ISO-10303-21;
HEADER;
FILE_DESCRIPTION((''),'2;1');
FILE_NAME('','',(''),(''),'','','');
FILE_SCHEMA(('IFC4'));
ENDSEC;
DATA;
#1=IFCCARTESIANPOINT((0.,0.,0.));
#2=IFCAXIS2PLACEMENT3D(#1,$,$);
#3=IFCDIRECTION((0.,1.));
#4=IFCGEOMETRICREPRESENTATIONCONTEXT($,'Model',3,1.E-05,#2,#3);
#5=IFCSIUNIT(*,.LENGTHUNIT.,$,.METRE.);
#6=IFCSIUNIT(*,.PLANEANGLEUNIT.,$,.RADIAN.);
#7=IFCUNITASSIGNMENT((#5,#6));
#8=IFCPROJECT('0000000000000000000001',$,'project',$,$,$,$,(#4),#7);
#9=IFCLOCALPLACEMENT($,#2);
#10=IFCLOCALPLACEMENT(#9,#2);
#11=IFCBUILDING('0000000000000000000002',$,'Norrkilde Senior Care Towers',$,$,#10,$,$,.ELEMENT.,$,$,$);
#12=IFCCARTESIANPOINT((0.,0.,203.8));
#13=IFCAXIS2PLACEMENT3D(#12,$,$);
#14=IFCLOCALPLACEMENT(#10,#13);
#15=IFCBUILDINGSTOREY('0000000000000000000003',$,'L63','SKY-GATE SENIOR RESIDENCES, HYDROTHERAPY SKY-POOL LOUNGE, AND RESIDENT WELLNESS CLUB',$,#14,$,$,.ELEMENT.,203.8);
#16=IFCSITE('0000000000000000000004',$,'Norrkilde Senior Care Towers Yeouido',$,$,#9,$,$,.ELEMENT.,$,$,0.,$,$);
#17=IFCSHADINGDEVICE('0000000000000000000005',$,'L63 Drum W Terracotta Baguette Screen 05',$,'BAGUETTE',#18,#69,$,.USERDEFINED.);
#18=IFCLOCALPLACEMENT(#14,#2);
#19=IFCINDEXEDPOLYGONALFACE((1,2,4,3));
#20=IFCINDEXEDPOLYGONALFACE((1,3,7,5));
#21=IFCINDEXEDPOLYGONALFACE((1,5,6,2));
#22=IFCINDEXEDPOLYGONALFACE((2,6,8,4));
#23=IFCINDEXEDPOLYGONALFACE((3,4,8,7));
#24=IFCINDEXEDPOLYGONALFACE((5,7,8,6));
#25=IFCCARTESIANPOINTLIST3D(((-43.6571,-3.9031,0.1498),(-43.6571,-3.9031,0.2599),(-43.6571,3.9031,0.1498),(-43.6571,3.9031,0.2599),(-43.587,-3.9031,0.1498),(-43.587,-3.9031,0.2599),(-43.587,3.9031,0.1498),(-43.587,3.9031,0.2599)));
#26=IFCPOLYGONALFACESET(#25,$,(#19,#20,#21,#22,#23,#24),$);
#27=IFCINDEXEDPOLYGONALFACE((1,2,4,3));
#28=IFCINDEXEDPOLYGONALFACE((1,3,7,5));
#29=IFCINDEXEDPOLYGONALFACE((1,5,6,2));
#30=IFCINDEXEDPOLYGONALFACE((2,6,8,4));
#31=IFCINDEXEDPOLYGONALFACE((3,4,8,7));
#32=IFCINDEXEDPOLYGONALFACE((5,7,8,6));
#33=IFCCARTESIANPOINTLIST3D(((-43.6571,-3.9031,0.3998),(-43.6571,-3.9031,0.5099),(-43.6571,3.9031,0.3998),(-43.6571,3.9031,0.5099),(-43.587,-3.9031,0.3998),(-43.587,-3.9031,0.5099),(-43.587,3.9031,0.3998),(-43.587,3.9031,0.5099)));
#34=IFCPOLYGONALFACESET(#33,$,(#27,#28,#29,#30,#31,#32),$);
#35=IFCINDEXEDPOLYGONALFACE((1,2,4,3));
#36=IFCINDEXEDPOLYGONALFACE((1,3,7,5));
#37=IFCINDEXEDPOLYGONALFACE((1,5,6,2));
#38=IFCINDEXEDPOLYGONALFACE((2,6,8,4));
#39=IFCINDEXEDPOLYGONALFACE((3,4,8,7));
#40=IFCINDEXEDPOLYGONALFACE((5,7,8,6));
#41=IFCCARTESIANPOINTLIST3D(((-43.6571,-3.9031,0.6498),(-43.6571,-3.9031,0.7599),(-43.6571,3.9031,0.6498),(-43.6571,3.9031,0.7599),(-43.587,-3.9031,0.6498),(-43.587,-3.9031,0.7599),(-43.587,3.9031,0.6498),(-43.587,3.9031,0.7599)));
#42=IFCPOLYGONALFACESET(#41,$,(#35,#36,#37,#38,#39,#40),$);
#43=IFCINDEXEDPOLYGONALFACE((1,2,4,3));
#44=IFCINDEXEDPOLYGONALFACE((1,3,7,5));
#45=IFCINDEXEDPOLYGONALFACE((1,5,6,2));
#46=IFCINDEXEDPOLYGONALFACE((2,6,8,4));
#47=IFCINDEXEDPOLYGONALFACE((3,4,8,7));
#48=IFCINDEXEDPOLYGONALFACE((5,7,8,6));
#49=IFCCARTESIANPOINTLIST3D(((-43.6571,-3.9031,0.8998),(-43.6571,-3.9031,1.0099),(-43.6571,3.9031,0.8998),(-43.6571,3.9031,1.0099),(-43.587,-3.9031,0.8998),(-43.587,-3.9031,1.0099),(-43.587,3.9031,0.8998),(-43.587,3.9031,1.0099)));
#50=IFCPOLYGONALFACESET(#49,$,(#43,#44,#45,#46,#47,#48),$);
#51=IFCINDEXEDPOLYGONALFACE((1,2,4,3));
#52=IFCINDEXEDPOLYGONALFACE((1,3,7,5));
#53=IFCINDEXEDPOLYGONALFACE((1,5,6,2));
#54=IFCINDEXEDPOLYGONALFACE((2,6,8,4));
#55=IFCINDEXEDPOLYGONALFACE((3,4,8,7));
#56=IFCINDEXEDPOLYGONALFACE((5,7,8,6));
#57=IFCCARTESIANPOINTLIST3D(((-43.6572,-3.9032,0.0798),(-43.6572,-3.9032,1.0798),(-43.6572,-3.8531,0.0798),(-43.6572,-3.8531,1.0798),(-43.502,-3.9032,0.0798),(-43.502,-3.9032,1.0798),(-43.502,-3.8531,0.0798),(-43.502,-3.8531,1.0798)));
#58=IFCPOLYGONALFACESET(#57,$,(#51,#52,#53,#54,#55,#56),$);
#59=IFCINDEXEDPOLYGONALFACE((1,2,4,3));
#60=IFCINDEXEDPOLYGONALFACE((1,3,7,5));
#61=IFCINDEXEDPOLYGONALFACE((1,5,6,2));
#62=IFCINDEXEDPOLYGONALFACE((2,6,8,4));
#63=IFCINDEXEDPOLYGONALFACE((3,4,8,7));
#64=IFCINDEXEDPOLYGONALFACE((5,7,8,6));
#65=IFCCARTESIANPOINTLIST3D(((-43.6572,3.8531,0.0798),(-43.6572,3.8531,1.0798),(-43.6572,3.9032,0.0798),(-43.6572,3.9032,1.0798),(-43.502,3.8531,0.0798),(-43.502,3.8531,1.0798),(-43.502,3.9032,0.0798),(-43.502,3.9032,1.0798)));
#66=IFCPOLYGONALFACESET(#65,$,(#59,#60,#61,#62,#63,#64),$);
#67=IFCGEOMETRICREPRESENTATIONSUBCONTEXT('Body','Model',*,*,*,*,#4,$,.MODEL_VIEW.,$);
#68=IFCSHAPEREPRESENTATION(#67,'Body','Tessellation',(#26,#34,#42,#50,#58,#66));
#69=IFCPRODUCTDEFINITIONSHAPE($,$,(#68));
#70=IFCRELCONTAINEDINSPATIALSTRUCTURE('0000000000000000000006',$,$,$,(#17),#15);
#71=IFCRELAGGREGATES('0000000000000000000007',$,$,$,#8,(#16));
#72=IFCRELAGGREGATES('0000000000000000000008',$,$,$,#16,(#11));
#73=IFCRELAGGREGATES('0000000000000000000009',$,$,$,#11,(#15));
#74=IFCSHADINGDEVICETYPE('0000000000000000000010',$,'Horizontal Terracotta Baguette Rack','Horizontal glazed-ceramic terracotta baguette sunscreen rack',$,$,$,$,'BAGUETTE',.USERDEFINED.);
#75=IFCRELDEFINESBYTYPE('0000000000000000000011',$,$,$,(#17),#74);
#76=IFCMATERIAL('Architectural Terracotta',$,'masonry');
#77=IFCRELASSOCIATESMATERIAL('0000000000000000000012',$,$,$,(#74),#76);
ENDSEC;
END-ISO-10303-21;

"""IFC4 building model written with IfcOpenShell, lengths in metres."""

from ifc_helpers import new_model, si_unit, direction, frame, origin, origin_2d, place, context, subcontext, project, spatial, rectangle, extrude, source, transform, mapped, material, type_object, type_shapes, element, save


model = new_model("IFC4")

# Units and contexts
model_context = context("Model", 3, precision=1e-05, world=origin(), true_north=direction((0.0, 1.0)))
body_context = subcontext(model_context, "Body", "Model", "MODEL_VIEW")
ifc_project = project(units=[si_unit("LENGTHUNIT", "METRE"), si_unit("PLANEANGLEUNIT", "RADIAN")], contexts=[model_context])

# Site, building, storey
site_placement = place(None, origin())
site = spatial("IfcSite", under=ifc_project, at=site_placement, Name="Norrkilde Senior Care Towers Yeouido", CompositionType="ELEMENT", RefElevation=0.0)
building_placement = place(site_placement, origin())
building = spatial("IfcBuilding", under=site, at=building_placement, Name="Norrkilde Senior Care Towers", CompositionType="ELEMENT")
storey_placement = place(building_placement, frame((0.0, 0.0, 203.8)))
storey = spatial("IfcBuildingStorey", under=building, at=storey_placement, Name="L63", Description="SKY-GATE SENIOR RESIDENCES, HYDROTHERAPY SKY-POOL LOUNGE, AND RESIDENT WELLNESS CLUB", CompositionType="ELEMENT", Elevation=203.8)

# Shading device
ifc_material_1 = material(Name="Architectural Terracotta", Category="masonry")
shading_device_type = type_object("IfcShadingDeviceType", Name="Horizontal Terracotta Baguette Rack", Description="Horizontal glazed-ceramic terracotta baguette sunscreen rack", ElementType="BAGUETTE", PredefinedType="USERDEFINED", material=ifc_material_1)
shared_shape_1 = source(origin(), body_context, "Body", "SweptSolid", [
    extrude(rectangle(XDim=0.0701, YDim=0.1101, at=origin_2d()), frame((0.0, 0.0901, 0.125), z_axis=(1.0, 0.0, 0.0), x_axis=(0.0, 1.0, 0.0)), (0.0, 0.0, 1.0), 7.8062),
    extrude(rectangle(XDim=0.0701, YDim=0.1101, at=origin_2d()), frame((0.0, 0.0901, 0.375), z_axis=(1.0, 0.0, 0.0), x_axis=(0.0, 1.0, 0.0)), (0.0, 0.0, 1.0), 7.8062),
    extrude(rectangle(XDim=0.0701, YDim=0.1101, at=origin_2d()), frame((0.0, 0.0901, 0.625), z_axis=(1.0, 0.0, 0.0), x_axis=(0.0, 1.0, 0.0)), (0.0, 0.0, 1.0), 7.8062),
    extrude(rectangle(XDim=0.0701, YDim=0.1101, at=origin_2d()), frame((0.0, 0.0901, 0.875), z_axis=(1.0, 0.0, 0.0), x_axis=(0.0, 1.0, 0.0)), (0.0, 0.0, 1.0), 7.8062),
    extrude(rectangle(XDim=0.05, YDim=0.1553, at=origin_2d()), frame((0.0249, 0.0476, 0.0)), (0.0, 0.0, 1.0), 1.0),
    extrude(rectangle(XDim=0.05, YDim=0.1553, at=origin_2d()), frame((7.7812, 0.0476, 0.0)), (0.0, 0.0, 1.0), 1.0),
])
type_shapes(shading_device_type, [shared_shape_1])
shading_device_placement = place(storey_placement, frame((-43.532, -3.9031, 0.0798), z_axis=(0.0, 0.0, 1.0), x_axis=(0.0, 1.0, 0.0)))
element("IfcShadingDevice", 1, at=shading_device_placement, inside=storey, type_object=shading_device_type, Name="L63 Drum W Terracotta Baguette Screen 05", ObjectType="BAGUETTE", PredefinedType="USERDEFINED", context=body_context, shape_type="MappedRepresentation", body=[
    mapped(shared_shape_1, transform((0.0, 0.0, 0.0), x_axis=(1.0, 0.0, 0.0), y_axis=(0.0, 1.0, 0.0), z_axis=(0.0, 0.0, 1.0), scale=1.0)),
])

save(model, "model.ifc")
